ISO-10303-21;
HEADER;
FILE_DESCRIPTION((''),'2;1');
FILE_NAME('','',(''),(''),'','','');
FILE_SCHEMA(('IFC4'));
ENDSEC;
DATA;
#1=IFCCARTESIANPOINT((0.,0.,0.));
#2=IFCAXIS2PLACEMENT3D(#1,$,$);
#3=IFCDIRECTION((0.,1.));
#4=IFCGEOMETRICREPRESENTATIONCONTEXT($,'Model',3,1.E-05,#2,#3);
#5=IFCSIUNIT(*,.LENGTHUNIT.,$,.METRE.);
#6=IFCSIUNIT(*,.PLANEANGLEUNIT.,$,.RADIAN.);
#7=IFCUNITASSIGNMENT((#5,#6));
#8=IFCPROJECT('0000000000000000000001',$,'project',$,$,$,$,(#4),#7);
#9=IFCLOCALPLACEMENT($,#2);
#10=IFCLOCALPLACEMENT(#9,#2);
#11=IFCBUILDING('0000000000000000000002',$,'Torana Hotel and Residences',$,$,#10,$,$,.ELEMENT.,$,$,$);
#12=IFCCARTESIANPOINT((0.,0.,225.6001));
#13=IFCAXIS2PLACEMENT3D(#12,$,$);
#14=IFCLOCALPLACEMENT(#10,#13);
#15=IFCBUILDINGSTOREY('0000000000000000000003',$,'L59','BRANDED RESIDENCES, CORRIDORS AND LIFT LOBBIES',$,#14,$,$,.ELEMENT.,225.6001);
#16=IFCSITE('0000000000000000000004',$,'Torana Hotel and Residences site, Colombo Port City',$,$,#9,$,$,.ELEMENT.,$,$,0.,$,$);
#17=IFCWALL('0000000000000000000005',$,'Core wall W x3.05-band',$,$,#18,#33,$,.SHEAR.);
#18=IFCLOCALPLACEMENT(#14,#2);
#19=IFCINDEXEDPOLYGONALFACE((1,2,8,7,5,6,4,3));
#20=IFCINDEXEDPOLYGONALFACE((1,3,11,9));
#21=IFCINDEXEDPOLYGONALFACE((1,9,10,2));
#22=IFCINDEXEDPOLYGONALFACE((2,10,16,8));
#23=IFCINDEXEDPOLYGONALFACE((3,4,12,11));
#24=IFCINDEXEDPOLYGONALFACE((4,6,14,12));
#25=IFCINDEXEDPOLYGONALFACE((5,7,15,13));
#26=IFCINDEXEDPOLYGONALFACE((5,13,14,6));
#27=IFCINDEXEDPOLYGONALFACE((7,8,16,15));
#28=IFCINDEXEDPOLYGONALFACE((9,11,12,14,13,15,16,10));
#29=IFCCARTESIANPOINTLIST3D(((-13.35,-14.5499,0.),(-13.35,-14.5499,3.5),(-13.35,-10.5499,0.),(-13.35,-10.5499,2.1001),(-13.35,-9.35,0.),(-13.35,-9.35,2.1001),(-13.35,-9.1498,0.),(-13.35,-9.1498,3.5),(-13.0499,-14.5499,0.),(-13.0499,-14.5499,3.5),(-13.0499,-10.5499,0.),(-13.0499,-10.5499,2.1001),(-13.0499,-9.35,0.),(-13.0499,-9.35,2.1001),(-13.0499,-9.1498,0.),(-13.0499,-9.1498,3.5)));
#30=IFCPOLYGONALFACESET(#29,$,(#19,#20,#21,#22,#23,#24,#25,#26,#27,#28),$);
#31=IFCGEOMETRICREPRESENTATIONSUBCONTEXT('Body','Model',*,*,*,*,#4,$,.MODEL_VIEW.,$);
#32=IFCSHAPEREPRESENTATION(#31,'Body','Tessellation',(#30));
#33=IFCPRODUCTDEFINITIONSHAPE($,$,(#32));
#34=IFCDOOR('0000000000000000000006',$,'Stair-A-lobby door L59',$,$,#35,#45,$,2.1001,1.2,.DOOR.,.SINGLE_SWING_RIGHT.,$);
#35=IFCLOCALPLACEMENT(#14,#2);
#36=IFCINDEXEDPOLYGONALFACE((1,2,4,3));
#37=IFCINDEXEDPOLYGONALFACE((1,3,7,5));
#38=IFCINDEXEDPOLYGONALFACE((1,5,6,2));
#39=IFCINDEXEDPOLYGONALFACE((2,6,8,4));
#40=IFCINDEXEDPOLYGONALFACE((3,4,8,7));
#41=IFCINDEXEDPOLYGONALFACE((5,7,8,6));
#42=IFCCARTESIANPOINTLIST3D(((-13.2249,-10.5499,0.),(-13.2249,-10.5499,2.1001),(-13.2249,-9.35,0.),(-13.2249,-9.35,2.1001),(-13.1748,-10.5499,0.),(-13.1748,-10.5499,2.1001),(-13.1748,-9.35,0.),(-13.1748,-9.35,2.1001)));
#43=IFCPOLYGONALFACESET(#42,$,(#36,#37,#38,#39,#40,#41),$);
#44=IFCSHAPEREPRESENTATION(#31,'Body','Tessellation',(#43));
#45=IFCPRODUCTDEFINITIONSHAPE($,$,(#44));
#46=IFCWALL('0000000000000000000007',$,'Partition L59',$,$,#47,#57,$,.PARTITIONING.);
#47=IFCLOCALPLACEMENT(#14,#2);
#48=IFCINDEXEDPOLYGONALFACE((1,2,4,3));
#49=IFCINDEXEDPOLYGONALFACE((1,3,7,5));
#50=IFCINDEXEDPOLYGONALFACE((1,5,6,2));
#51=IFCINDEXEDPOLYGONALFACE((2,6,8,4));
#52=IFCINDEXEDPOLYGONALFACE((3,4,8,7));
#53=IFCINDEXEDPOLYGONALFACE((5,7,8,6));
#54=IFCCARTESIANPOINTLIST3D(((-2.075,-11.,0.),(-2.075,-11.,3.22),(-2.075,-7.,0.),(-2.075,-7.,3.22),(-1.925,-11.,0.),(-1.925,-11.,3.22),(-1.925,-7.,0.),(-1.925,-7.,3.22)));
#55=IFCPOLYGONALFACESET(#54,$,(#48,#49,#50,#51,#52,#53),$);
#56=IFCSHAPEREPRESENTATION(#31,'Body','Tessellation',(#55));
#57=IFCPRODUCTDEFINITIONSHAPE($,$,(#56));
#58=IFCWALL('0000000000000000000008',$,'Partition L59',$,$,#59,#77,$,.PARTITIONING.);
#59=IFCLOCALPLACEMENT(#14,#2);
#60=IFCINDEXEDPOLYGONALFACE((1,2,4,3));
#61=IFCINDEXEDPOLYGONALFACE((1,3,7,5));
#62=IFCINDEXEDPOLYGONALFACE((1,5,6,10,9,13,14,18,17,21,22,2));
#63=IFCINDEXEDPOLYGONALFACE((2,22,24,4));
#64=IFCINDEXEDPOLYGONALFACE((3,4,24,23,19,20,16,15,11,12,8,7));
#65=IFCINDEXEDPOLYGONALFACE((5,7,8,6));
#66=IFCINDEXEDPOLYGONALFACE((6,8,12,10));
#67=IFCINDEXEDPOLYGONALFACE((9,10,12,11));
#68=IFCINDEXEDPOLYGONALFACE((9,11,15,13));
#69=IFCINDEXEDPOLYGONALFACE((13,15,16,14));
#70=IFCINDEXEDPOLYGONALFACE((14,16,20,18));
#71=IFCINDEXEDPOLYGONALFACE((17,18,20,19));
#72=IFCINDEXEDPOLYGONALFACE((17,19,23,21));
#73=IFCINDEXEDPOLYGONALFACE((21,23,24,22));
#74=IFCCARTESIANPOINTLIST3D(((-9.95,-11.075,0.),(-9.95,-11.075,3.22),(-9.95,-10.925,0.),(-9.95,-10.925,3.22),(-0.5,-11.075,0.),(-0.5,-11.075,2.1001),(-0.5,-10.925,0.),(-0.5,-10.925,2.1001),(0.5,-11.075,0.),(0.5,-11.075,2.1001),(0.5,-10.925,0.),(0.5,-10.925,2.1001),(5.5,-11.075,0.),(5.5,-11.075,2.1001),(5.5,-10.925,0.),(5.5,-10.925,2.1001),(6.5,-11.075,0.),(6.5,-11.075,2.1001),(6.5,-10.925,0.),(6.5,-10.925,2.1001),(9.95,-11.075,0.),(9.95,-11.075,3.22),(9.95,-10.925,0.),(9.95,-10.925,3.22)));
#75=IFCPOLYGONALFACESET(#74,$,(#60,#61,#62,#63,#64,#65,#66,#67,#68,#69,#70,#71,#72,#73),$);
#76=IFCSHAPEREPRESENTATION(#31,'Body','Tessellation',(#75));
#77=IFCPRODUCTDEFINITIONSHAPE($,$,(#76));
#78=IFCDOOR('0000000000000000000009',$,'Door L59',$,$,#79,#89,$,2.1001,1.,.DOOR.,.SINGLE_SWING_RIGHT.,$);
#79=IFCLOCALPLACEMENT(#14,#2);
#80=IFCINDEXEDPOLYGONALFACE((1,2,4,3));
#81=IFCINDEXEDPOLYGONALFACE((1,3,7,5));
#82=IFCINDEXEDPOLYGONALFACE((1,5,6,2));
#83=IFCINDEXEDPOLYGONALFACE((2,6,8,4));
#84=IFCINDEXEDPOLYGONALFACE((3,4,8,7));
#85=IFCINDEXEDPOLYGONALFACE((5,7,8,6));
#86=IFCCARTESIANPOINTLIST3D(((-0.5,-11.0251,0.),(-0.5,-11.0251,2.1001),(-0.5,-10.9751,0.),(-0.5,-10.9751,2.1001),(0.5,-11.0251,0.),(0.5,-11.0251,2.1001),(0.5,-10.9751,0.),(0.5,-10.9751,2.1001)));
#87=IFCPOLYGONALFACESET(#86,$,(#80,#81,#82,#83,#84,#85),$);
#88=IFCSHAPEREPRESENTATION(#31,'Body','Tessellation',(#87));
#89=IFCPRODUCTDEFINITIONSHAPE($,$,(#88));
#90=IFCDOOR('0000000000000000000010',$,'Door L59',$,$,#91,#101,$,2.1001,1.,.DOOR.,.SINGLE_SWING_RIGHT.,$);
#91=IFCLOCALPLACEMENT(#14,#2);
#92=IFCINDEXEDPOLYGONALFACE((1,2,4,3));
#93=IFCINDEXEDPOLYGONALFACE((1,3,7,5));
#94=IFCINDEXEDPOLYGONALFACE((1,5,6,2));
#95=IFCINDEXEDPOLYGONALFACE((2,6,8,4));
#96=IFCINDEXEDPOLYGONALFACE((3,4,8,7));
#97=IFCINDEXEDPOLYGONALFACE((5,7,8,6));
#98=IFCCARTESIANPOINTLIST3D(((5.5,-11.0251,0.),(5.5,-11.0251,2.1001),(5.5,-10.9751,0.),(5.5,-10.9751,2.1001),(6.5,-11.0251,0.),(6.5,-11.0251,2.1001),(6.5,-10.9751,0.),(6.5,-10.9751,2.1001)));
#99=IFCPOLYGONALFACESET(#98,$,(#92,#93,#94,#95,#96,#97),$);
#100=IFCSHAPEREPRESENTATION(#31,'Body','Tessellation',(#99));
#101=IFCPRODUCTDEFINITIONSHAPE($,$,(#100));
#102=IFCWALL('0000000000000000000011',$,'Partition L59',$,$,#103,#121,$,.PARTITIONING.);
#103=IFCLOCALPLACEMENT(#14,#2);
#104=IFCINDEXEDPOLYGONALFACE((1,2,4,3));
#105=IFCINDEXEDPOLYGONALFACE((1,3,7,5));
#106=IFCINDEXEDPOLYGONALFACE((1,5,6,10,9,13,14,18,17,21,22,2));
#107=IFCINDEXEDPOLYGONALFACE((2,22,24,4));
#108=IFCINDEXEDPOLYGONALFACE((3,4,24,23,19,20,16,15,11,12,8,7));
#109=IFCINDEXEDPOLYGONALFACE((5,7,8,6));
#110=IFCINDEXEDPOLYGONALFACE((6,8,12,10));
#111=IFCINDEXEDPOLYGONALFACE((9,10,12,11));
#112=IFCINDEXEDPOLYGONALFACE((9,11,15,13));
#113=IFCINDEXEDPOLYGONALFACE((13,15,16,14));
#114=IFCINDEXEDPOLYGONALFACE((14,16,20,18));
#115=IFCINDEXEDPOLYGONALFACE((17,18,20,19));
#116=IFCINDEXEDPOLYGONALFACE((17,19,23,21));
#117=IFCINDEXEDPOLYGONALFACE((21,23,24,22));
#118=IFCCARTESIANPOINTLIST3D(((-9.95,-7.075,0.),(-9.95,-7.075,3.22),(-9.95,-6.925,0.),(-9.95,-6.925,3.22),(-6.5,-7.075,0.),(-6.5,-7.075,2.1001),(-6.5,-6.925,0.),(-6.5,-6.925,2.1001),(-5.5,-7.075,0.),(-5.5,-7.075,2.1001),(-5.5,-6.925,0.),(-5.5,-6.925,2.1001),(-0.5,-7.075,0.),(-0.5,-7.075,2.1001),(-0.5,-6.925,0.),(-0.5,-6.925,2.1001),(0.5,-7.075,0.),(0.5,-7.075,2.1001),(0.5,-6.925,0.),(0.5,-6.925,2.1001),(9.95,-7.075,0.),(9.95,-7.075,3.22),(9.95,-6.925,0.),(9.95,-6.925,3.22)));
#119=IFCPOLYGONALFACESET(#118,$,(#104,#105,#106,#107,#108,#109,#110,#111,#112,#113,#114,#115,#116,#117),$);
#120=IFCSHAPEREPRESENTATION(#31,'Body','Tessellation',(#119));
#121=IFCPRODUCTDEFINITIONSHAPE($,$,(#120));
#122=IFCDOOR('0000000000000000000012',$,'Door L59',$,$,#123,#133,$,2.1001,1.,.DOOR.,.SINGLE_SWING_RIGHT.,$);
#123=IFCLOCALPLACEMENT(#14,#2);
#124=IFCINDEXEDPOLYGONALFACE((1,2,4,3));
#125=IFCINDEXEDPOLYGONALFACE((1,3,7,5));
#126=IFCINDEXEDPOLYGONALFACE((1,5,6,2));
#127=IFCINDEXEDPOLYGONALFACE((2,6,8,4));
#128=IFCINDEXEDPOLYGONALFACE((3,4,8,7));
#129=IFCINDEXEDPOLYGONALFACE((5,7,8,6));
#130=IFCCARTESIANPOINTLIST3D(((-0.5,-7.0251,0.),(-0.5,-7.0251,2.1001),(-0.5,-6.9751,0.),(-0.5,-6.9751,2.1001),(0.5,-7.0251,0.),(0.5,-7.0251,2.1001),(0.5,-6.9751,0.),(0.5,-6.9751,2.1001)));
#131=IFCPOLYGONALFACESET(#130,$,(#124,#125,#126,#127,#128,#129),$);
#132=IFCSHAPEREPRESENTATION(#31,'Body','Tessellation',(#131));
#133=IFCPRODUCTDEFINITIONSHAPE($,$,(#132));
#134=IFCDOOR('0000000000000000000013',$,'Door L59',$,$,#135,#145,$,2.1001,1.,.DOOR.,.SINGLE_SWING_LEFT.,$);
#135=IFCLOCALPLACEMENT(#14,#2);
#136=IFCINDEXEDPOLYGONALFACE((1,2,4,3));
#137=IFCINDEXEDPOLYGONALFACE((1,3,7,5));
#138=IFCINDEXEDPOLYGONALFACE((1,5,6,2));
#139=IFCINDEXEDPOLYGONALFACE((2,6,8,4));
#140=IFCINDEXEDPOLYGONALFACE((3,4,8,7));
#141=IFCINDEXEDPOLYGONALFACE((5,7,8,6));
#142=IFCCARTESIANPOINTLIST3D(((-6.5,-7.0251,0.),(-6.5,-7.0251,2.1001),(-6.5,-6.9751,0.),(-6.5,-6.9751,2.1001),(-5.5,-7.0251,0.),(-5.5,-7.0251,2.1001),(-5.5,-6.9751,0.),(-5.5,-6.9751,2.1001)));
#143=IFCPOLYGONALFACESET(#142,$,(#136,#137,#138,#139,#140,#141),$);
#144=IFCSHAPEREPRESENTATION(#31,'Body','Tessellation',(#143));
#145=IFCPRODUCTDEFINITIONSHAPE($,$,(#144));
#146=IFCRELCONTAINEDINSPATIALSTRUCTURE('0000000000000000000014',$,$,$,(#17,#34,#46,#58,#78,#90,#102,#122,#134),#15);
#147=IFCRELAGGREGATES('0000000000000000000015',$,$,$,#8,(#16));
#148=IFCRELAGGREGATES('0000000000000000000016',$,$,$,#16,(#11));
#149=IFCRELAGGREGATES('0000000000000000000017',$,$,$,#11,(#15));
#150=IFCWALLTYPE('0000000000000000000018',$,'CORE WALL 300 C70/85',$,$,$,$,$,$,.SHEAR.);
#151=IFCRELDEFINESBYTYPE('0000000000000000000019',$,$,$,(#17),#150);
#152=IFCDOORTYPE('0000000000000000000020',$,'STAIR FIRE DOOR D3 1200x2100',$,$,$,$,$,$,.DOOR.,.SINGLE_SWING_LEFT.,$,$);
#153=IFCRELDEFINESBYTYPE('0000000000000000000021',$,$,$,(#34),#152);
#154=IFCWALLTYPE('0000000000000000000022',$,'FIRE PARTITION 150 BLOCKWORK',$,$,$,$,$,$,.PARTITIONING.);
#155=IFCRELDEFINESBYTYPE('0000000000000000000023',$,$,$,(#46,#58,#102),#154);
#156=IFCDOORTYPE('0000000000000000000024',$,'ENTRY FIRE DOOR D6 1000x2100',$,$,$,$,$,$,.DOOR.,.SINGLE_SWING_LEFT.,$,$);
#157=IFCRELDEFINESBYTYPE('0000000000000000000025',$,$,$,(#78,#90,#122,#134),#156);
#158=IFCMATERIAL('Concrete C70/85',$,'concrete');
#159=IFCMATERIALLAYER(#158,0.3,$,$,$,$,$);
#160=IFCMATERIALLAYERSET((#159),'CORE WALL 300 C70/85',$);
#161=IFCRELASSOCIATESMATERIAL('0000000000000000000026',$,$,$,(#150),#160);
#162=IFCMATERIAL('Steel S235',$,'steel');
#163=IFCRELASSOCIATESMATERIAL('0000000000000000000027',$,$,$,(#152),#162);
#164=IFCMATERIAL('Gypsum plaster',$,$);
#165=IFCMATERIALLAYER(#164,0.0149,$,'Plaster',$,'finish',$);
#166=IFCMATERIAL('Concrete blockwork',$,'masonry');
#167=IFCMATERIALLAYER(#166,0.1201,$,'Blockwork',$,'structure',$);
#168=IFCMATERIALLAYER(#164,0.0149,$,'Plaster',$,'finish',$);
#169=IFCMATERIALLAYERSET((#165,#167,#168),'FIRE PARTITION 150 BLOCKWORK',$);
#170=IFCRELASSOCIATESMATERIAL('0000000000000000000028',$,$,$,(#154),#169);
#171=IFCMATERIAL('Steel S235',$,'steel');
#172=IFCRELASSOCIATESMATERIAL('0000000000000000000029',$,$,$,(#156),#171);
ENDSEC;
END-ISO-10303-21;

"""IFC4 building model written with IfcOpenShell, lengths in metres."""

from ifc_helpers import new_model, si_unit, direction, frame, frame_2d, origin, place, context, subcontext, project, spatial, rectangle, extrude, material, layer, layer_set, type_object, element, fill, save


model = new_model("IFC4")

# Units and contexts
model_context = context("Model", 3, precision=1e-05, world=origin(), true_north=direction((0.0, 1.0)))
body_context = subcontext(model_context, "Body", "Model", "MODEL_VIEW")
ifc_project = project(units=[si_unit("LENGTHUNIT", "METRE"), si_unit("PLANEANGLEUNIT", "RADIAN")], contexts=[model_context])

# Site, building, storey
site_placement = place(None, origin())
site = spatial("IfcSite", under=ifc_project, at=site_placement, Name="Torana Hotel and Residences site, Colombo Port City", CompositionType="ELEMENT", RefElevation=0.0)
building_placement = place(site_placement, origin())
building = spatial("IfcBuilding", under=site, at=building_placement, Name="Torana Hotel and Residences", CompositionType="ELEMENT")
storey_placement = place(building_placement, frame((0.0, 0.0, 225.6001)))
storey = spatial("IfcBuildingStorey", under=building, at=storey_placement, Name="L59", Description="BRANDED RESIDENCES, CORRIDORS AND LIFT LOBBIES", CompositionType="ELEMENT", Elevation=225.6001)

# Shared definitions
ifc_material_1 = material(Name="Concrete C70/85", Category="concrete")
ifc_layer_1 = layer(ifc_material_1, 0.3)
ifc_layer_set_1 = layer_set([ifc_layer_1], Name="CORE WALL 300 C70/85")
wall_type_1 = type_object("IfcWallType", Name="CORE WALL 300 C70/85", PredefinedType="SHEAR", material=ifc_layer_set_1)

# Wall, opening, door
wall_1_placement = place(storey_placement, frame((-13.2, -14.55, 0.0), z_axis=(0.0, 0.0, 1.0), x_axis=(0.0, 1.0, 0.0)))
wall_1 = element("IfcWall", 1, at=wall_1_placement, inside=storey, type_object=wall_type_1, Name="Core wall W x3.05-band", PredefinedType="SHEAR", context=body_context, shape_type="SweptSolid", body=[
    extrude(rectangle(XDim=5.4001, YDim=0.3, at=frame_2d((2.7002, 0.0))), origin(), (0.0, 0.0, 1.0), 3.5),
])
opening_1_placement = place(wall_1_placement, frame((4.0, 0.0, 0.0)))
opening_1 = element("IfcOpeningElement", 2, at=opening_1_placement, cuts=wall_1, PredefinedType="OPENING", context=body_context, shape_type="SweptSolid", body=[
    extrude(rectangle(XDim=1.2, YDim=2.1001, at=frame_2d((0.6001, 1.05))), frame((0.0, 0.1599, 0.0), z_axis=(0.0, -1.0, 0.0), x_axis=(1.0, 0.0, 0.0)), (0.0, 0.0, 1.0), 0.3201),
])
ifc_material_2 = material(Name="Steel S235", Category="steel")
door_type_1 = type_object("IfcDoorType", Name="STAIR FIRE DOOR D3 1200x2100", OperationType="SINGLE_SWING_LEFT", PredefinedType="DOOR", material=ifc_material_2)
door_1_placement = place(opening_1_placement, frame((0.6001, 0.0, 0.0), z_axis=(0.0, 0.0, 1.0), x_axis=(-1.0, 0.0, 0.0)))
door_1 = element("IfcDoor", 3, at=door_1_placement, inside=storey, type_object=door_type_1, Name="Stair-A-lobby door L59", OperationType="SINGLE_SWING_RIGHT", OverallHeight=2.1001, OverallWidth=1.2, PredefinedType="DOOR", context=body_context, shape_type="SweptSolid", body=[
    extrude(rectangle(XDim=1.2, YDim=2.1001, at=frame_2d((0.0, 1.05))), frame((0.0, -0.0249, 0.0), z_axis=(0.0, 1.0, 0.0), x_axis=(-1.0, 0.0, 0.0)), (0.0, 0.0, 1.0), 0.05),
])
fill(opening_1, door_1)

# Wall
ifc_material_3 = material(Name="Gypsum plaster")
ifc_layer_2 = layer(ifc_material_3, 0.0149, Name="Plaster", Category="finish")
ifc_material_4 = material(Name="Concrete blockwork", Category="masonry")
ifc_layer_3 = layer(ifc_material_4, 0.1201, Name="Blockwork", Category="structure")
ifc_layer_4 = layer(ifc_material_3, 0.0149, Name="Plaster", Category="finish")
ifc_layer_set_2 = layer_set([ifc_layer_2, ifc_layer_3, ifc_layer_4], Name="FIRE PARTITION 150 BLOCKWORK")
wall_type_2 = type_object("IfcWallType", Name="FIRE PARTITION 150 BLOCKWORK", PredefinedType="PARTITIONING", material=ifc_layer_set_2)
wall_2_placement = place(storey_placement, frame((-2.0, -11.0, 0.0), z_axis=(0.0, 0.0, 1.0), x_axis=(0.0, 1.0, 0.0)))
element("IfcWall", 4, at=wall_2_placement, inside=storey, type_object=wall_type_2, Name="Partition L59", PredefinedType="PARTITIONING", context=body_context, shape_type="SweptSolid", body=[
    extrude(rectangle(XDim=4.0, YDim=0.1499, at=frame_2d((2.0, 0.0))), origin(), (0.0, 0.0, 1.0), 3.22),
])

# Walls, openings, doors
wall_3_placement = place(storey_placement, frame((-9.95, -11.0, 0.0), z_axis=(0.0, 0.0, 1.0), x_axis=(1.0, 0.0, 0.0)))
wall_3 = element("IfcWall", 5, at=wall_3_placement, inside=storey, type_object=wall_type_2, Name="Partition L59", PredefinedType="PARTITIONING", context=body_context, shape_type="SweptSolid", body=[
    extrude(rectangle(XDim=19.8999, YDim=0.1499, at=frame_2d((9.95, 0.0))), origin(), (0.0, 0.0, 1.0), 3.22),
])
opening_2_placement = place(wall_3_placement, frame((9.45, 0.0, 0.0)))
opening_2 = element("IfcOpeningElement", 6, at=opening_2_placement, cuts=wall_3, PredefinedType="OPENING", context=body_context, shape_type="SweptSolid", body=[
    extrude(rectangle(XDim=1.0, YDim=2.1001, at=frame_2d((0.5, 1.05))), frame((0.0, 0.085, 0.0), z_axis=(0.0, -1.0, 0.0), x_axis=(1.0, 0.0, 0.0)), (0.0, 0.0, 1.0), 0.1699),
])
opening_3_placement = place(wall_3_placement, frame((15.45, 0.0, 0.0)))
opening_3 = element("IfcOpeningElement", 7, at=opening_3_placement, cuts=wall_3, PredefinedType="OPENING", context=body_context, shape_type="SweptSolid", body=[
    extrude(rectangle(XDim=1.0, YDim=2.1001, at=frame_2d((0.5, 1.05))), frame((0.0, 0.085, 0.0), z_axis=(0.0, -1.0, 0.0), x_axis=(1.0, 0.0, 0.0)), (0.0, 0.0, 1.0), 0.1699),
])
ifc_material_5 = material(Name="Steel S235", Category="steel")
door_type_2 = type_object("IfcDoorType", Name="ENTRY FIRE DOOR D6 1000x2100", OperationType="SINGLE_SWING_LEFT", PredefinedType="DOOR", material=ifc_material_5)
door_2_placement = place(opening_2_placement, origin())
door_2 = element("IfcDoor", 8, at=door_2_placement, inside=storey, type_object=door_type_2, Name="Door L59", OperationType="SINGLE_SWING_RIGHT", OverallHeight=2.1001, OverallWidth=1.0, PredefinedType="DOOR", context=body_context, shape_type="SweptSolid", body=[
    extrude(rectangle(XDim=1.0, YDim=2.1001, at=frame_2d((0.5, 1.05))), frame((0.0, 0.0249, 0.0), z_axis=(0.0, -1.0, 0.0), x_axis=(1.0, 0.0, 0.0)), (0.0, 0.0, 1.0), 0.05),
])
fill(opening_2, door_2)
door_3_placement = place(opening_3_placement, origin())
door_3 = element("IfcDoor", 9, at=door_3_placement, inside=storey, type_object=door_type_2, Name="Door L59", OperationType="SINGLE_SWING_RIGHT", OverallHeight=2.1001, OverallWidth=1.0, PredefinedType="DOOR", context=body_context, shape_type="SweptSolid", body=[
    extrude(rectangle(XDim=1.0, YDim=2.1001, at=frame_2d((0.5, 1.05))), frame((0.0, 0.0249, 0.0), z_axis=(0.0, -1.0, 0.0), x_axis=(1.0, 0.0, 0.0)), (0.0, 0.0, 1.0), 0.05),
])
fill(opening_3, door_3)
wall_4_placement = place(storey_placement, frame((-9.95, -7.0, 0.0), z_axis=(0.0, 0.0, 1.0), x_axis=(1.0, 0.0, 0.0)))
wall_4 = element("IfcWall", 10, at=wall_4_placement, inside=storey, type_object=wall_type_2, Name="Partition L59", PredefinedType="PARTITIONING", context=body_context, shape_type="SweptSolid", body=[
    extrude(rectangle(XDim=19.8999, YDim=0.1499, at=frame_2d((9.95, 0.0))), origin(), (0.0, 0.0, 1.0), 3.22),
])
opening_4_placement = place(wall_4_placement, frame((9.45, 0.0, 0.0)))
opening_4 = element("IfcOpeningElement", 11, at=opening_4_placement, cuts=wall_4, PredefinedType="OPENING", context=body_context, shape_type="SweptSolid", body=[
    extrude(rectangle(XDim=1.0, YDim=2.1001, at=frame_2d((0.5, 1.05))), frame((0.0, 0.085, 0.0), z_axis=(0.0, -1.0, 0.0), x_axis=(1.0, 0.0, 0.0)), (0.0, 0.0, 1.0), 0.1699),
])
opening_5_placement = place(wall_4_placement, frame((3.45, 0.0, 0.0)))
opening_5 = element("IfcOpeningElement", 12, at=opening_5_placement, cuts=wall_4, PredefinedType="OPENING", context=body_context, shape_type="SweptSolid", body=[
    extrude(rectangle(XDim=1.0, YDim=2.1001, at=frame_2d((0.5, 1.05))), frame((0.0, 0.085, 0.0), z_axis=(0.0, -1.0, 0.0), x_axis=(1.0, 0.0, 0.0)), (0.0, 0.0, 1.0), 0.1699),
])
door_4_placement = place(opening_4_placement, origin())
door_4 = element("IfcDoor", 13, at=door_4_placement, inside=storey, type_object=door_type_2, Name="Door L59", OperationType="SINGLE_SWING_RIGHT", OverallHeight=2.1001, OverallWidth=1.0, PredefinedType="DOOR", context=body_context, shape_type="SweptSolid", body=[
    extrude(rectangle(XDim=1.0, YDim=2.1001, at=frame_2d((0.5, 1.05))), frame((0.0, 0.0249, 0.0), z_axis=(0.0, -1.0, 0.0), x_axis=(1.0, 0.0, 0.0)), (0.0, 0.0, 1.0), 0.05),
])
fill(opening_4, door_4)
door_5_placement = place(opening_5_placement, frame((0.5, 0.0, 0.0), z_axis=(0.0, 0.0, 1.0), x_axis=(-1.0, 0.0, 0.0)))
door_5 = element("IfcDoor", 14, at=door_5_placement, inside=storey, type_object=door_type_2, Name="Door L59", OperationType="SINGLE_SWING_LEFT", OverallHeight=2.1001, OverallWidth=1.0, PredefinedType="DOOR", context=body_context, shape_type="SweptSolid", body=[
    extrude(rectangle(XDim=1.0, YDim=2.1001, at=frame_2d((0.0, 1.05))), frame((0.0, -0.0249, 0.0), z_axis=(0.0, 1.0, 0.0), x_axis=(-1.0, 0.0, 0.0)), (0.0, 0.0, 1.0), 0.05),
])
fill(opening_5, door_5)

save(model, "model.ifc")
